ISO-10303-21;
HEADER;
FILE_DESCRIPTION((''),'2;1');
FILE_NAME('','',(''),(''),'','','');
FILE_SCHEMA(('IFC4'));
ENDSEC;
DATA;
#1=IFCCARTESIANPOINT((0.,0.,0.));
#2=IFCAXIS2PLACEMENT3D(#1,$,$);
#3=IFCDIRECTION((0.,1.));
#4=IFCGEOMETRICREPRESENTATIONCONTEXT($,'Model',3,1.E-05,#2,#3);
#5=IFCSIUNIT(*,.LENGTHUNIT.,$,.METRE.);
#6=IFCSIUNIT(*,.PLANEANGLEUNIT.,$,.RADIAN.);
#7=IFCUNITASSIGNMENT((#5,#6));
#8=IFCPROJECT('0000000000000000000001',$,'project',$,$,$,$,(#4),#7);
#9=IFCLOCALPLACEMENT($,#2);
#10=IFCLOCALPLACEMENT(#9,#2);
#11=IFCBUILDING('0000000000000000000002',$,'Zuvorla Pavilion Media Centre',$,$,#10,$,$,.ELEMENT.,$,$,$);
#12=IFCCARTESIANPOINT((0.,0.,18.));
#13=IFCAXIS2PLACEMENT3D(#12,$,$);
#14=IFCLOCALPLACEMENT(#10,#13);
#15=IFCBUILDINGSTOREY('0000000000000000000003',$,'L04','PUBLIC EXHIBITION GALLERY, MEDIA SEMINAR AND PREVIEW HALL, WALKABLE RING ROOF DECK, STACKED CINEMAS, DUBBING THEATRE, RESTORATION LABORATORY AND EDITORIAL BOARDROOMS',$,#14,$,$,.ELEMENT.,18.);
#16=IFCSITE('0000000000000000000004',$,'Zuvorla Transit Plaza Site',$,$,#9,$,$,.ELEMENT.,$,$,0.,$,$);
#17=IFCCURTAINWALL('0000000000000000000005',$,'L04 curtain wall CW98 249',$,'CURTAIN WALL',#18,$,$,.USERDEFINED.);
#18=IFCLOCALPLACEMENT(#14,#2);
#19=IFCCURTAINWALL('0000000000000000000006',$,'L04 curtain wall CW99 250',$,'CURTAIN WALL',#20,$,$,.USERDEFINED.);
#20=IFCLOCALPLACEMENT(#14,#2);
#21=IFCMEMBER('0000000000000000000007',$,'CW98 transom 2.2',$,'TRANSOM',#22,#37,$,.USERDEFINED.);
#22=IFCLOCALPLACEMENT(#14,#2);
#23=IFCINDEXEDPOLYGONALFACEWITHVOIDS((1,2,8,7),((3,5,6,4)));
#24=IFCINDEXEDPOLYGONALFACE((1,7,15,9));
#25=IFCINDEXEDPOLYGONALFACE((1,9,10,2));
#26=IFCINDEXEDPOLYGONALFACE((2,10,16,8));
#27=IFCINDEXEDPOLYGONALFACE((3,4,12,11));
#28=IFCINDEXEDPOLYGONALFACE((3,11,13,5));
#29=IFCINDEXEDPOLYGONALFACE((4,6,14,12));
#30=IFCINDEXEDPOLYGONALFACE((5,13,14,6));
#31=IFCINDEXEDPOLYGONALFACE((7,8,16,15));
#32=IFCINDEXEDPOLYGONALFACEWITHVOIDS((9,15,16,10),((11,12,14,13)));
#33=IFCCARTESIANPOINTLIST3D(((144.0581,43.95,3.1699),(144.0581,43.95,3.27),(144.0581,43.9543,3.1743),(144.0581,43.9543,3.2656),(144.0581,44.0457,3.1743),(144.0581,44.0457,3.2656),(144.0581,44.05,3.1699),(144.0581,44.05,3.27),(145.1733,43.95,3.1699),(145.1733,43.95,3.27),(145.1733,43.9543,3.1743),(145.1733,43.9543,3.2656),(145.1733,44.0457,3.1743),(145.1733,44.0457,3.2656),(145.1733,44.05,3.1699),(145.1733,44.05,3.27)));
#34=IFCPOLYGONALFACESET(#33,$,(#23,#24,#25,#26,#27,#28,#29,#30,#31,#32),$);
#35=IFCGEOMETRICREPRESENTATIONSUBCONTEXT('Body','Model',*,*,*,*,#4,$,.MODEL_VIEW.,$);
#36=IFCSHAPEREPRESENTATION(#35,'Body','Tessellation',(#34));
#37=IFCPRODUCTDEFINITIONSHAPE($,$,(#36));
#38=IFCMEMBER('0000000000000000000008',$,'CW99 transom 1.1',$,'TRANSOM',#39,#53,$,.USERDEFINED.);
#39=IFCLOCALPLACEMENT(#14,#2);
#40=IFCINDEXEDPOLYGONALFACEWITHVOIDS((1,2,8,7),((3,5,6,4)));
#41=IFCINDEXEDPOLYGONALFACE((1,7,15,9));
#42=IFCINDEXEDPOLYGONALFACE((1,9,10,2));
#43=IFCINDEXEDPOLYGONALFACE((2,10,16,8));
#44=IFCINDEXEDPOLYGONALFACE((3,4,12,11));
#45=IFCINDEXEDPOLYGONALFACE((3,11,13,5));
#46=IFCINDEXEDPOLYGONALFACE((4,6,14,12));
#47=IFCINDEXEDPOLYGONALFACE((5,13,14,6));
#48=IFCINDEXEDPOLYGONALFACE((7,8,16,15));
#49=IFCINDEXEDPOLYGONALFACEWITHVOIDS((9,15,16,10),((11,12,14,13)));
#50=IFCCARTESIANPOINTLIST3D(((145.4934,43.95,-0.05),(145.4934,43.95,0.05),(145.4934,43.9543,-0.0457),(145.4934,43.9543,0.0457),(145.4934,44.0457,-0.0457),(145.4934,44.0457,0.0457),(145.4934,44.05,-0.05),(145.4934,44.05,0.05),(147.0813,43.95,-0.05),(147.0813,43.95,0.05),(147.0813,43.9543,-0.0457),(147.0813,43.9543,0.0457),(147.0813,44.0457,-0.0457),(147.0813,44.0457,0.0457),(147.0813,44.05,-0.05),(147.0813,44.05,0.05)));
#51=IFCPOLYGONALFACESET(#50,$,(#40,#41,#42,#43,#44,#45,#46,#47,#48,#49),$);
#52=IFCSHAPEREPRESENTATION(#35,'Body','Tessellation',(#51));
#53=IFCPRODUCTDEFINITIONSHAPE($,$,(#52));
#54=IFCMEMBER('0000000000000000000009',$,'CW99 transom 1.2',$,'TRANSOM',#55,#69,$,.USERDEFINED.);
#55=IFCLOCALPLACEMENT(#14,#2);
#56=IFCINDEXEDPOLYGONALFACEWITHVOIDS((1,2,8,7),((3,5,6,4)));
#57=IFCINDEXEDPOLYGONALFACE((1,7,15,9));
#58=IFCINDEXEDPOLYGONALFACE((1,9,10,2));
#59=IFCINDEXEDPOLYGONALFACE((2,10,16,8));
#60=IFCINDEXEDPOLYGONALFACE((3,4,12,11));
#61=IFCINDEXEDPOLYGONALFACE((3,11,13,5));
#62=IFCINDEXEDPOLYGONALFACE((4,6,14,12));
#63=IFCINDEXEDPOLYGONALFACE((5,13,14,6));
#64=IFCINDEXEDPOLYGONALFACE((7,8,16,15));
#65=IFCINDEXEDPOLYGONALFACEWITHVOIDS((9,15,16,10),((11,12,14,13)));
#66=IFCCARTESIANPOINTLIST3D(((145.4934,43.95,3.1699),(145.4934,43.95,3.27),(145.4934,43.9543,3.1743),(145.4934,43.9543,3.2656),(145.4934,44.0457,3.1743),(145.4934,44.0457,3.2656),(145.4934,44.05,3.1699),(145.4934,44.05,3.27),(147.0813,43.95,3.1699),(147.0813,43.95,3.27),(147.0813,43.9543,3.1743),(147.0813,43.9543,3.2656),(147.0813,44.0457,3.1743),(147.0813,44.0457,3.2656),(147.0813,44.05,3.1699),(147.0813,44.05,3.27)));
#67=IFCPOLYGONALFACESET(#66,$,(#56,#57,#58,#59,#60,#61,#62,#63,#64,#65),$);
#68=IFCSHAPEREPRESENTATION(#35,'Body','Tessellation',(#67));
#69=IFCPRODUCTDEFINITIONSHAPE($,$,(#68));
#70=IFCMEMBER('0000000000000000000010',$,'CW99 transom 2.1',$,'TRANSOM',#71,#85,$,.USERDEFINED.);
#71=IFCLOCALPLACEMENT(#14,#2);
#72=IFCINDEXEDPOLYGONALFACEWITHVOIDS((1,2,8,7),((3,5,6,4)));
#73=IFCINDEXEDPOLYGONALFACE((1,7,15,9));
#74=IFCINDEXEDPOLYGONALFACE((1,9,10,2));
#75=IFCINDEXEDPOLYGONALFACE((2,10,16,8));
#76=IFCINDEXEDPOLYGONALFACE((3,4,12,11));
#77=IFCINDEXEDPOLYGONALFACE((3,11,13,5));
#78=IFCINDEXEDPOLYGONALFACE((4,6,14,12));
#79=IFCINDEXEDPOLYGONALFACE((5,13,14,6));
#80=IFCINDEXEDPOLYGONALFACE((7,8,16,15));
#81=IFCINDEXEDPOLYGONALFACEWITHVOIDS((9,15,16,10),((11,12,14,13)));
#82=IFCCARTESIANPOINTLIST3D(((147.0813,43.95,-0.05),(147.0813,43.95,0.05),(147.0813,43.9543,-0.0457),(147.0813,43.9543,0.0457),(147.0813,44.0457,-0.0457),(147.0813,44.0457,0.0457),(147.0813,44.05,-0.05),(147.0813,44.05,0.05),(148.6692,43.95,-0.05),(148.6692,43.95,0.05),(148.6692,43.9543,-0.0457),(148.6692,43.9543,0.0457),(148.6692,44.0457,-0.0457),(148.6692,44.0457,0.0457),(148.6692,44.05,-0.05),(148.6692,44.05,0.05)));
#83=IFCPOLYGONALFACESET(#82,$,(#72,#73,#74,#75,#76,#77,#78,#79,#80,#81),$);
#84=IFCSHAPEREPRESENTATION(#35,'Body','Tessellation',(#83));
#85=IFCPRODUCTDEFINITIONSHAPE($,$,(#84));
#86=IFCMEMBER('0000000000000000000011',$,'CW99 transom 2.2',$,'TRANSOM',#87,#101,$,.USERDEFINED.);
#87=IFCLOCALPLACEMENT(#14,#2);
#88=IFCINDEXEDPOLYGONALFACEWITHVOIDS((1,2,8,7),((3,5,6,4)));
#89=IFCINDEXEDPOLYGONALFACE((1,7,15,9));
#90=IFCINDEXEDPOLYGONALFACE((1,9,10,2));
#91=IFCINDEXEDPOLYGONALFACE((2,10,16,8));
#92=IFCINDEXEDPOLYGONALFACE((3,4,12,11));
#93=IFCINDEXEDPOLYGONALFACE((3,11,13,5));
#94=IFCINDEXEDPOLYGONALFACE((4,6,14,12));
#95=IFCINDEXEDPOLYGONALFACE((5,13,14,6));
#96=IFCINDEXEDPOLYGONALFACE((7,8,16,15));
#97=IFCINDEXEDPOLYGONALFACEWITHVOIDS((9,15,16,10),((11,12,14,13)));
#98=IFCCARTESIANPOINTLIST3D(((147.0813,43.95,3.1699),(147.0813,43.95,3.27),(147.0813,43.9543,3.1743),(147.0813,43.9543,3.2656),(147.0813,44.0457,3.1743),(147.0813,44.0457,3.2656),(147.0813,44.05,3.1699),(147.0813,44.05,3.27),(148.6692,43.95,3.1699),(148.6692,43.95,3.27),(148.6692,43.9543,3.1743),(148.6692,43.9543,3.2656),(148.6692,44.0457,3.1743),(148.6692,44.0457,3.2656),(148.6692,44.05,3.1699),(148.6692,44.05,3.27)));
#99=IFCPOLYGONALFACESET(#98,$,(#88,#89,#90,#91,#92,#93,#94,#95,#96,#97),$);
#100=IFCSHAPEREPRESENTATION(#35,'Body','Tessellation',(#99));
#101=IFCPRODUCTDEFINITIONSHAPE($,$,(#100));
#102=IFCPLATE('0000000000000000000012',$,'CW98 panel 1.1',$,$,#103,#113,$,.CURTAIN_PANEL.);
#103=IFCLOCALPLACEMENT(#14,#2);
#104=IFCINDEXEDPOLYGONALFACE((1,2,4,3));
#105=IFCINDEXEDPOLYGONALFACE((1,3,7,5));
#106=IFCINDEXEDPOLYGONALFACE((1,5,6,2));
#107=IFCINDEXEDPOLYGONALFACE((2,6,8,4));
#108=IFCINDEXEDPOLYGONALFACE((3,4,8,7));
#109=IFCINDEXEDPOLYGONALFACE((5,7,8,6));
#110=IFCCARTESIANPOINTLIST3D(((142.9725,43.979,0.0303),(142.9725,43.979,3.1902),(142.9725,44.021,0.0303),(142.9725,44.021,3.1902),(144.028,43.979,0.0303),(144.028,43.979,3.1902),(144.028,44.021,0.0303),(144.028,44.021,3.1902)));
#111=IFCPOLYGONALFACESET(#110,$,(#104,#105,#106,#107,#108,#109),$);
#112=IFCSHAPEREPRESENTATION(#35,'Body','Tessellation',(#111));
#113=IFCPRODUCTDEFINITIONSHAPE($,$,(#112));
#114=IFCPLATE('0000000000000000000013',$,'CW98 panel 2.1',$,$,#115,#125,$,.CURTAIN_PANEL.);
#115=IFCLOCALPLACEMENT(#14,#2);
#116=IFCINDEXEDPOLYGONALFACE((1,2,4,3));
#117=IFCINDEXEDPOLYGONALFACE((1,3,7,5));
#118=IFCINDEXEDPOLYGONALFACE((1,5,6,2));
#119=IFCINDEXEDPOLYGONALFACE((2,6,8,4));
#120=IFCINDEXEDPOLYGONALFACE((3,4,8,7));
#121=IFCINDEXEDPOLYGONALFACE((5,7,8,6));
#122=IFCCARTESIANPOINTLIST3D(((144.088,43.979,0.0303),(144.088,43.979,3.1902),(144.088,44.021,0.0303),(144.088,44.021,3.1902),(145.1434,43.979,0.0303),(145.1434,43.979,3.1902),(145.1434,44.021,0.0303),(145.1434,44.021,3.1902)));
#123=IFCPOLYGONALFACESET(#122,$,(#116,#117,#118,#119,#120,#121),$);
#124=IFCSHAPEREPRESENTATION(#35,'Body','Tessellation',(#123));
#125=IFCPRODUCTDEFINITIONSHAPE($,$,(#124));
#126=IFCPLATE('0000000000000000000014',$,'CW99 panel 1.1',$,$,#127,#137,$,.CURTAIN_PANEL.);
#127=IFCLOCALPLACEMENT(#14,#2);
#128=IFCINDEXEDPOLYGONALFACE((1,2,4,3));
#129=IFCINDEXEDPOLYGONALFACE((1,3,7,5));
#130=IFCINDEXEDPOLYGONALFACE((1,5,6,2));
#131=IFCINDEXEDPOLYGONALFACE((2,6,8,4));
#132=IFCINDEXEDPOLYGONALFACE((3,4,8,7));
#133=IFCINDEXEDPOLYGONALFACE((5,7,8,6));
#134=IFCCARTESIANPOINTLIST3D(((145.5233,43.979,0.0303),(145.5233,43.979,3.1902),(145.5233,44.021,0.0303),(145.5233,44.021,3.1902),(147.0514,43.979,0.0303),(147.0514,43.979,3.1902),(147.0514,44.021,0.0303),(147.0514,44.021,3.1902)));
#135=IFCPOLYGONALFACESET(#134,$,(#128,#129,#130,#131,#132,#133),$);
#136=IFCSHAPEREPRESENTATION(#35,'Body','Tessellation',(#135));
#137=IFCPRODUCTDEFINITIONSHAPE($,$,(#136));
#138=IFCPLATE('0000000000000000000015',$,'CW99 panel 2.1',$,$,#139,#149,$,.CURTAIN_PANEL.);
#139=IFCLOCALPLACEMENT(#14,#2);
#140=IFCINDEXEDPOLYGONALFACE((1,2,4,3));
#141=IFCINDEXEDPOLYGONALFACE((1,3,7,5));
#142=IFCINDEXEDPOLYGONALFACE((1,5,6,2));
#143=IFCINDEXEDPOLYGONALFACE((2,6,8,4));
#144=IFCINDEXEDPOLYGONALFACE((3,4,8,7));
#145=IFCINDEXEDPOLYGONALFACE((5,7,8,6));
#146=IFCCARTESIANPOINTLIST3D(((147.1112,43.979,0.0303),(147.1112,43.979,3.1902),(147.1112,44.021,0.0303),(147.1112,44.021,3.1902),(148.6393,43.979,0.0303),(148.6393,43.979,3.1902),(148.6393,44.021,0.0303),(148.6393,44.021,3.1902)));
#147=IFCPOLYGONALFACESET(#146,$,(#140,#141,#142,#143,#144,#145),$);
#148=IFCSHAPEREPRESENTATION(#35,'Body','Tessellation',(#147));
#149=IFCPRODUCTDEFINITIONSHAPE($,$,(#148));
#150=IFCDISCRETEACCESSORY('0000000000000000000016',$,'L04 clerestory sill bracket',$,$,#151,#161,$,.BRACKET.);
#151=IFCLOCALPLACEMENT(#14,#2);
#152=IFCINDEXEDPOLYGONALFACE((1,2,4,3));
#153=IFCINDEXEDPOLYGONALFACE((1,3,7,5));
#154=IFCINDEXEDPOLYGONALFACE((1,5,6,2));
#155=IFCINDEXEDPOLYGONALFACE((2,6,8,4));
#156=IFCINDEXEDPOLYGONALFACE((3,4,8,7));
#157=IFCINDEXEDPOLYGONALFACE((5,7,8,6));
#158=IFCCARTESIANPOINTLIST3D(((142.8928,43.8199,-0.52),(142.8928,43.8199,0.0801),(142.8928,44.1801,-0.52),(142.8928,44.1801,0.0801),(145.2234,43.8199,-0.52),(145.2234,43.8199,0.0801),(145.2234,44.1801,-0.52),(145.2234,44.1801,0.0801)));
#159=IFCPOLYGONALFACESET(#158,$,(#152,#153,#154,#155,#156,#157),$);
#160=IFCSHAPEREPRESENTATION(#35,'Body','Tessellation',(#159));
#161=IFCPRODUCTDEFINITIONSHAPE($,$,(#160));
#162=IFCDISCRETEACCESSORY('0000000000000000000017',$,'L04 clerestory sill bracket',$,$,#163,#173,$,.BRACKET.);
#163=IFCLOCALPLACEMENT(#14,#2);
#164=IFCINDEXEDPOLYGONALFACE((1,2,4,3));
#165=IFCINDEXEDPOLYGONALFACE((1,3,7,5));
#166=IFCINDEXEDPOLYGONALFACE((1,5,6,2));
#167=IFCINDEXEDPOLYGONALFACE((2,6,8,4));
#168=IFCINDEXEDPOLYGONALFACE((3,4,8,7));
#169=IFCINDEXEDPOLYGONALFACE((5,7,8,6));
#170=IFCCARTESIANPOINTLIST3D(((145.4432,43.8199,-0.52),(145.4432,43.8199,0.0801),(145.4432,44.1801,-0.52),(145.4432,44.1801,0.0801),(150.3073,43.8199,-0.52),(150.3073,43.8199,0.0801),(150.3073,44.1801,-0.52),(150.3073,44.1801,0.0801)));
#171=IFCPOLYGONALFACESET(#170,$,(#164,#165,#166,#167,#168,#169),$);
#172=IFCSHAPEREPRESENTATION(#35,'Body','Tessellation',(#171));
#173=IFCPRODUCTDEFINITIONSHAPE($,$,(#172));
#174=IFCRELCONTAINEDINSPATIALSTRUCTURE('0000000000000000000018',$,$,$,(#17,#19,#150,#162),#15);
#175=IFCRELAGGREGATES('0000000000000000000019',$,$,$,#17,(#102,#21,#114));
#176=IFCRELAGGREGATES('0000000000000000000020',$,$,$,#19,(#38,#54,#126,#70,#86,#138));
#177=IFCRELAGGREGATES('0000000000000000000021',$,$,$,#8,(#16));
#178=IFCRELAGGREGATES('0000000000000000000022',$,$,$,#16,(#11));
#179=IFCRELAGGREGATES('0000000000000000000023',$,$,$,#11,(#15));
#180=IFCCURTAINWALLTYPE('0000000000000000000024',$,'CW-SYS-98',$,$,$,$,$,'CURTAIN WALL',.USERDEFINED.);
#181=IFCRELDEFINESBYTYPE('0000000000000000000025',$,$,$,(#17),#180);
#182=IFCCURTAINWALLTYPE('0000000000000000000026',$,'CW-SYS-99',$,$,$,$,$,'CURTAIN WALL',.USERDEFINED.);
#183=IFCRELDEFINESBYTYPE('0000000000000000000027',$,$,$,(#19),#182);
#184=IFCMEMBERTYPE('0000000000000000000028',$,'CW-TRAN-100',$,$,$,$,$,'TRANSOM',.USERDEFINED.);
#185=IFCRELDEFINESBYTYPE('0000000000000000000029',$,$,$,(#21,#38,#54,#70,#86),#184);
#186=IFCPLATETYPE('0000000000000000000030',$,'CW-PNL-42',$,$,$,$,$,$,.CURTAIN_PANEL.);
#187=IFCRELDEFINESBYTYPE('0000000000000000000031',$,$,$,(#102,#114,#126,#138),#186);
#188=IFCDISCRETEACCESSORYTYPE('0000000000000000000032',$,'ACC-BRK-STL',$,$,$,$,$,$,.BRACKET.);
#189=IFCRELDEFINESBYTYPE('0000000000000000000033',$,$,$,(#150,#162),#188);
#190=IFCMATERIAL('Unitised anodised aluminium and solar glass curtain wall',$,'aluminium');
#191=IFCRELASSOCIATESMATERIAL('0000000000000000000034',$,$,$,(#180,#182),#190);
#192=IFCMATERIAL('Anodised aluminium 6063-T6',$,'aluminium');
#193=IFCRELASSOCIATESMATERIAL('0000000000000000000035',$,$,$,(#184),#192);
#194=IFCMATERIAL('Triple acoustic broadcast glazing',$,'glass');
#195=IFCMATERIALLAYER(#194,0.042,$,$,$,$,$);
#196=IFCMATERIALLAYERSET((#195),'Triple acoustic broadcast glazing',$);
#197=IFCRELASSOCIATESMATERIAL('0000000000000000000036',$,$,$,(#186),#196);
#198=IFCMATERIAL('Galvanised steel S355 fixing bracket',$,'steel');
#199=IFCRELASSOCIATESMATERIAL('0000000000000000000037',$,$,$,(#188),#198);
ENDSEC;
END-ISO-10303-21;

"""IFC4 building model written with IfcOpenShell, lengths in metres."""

from ifc_helpers import new_model, si_unit, direction, frame, origin, origin_2d, place, context, subcontext, project, spatial, rectangle, hollow_rectangle, extrude, material, layer, layer_set, material_profile, profile_set, type_object, element, aggregate, save


model = new_model("IFC4")

# Units and contexts
model_context = context("Model", 3, precision=1e-05, world=origin(), true_north=direction((0.0, 1.0)))
body_context = subcontext(model_context, "Body", "Model", "MODEL_VIEW")
ifc_project = project(units=[si_unit("LENGTHUNIT", "METRE"), si_unit("PLANEANGLEUNIT", "RADIAN")], contexts=[model_context])

# Site, building, storey
site_placement = place(None, origin())
site = spatial("IfcSite", under=ifc_project, at=site_placement, Name="Zuvorla Transit Plaza Site", CompositionType="ELEMENT", RefElevation=0.0)
building_placement = place(site_placement, origin())
building = spatial("IfcBuilding", under=site, at=building_placement, Name="Zuvorla Pavilion Media Centre", CompositionType="ELEMENT")
storey_placement = place(building_placement, frame((0.0, 0.0, 18.0)))
storey = spatial("IfcBuildingStorey", under=building, at=storey_placement, Name="L04", Description="PUBLIC EXHIBITION GALLERY, MEDIA SEMINAR AND PREVIEW HALL, WALKABLE RING ROOF DECK, STACKED CINEMAS, DUBBING THEATRE, RESTORATION LABORATORY AND EDITORIAL BOARDROOMS", CompositionType="ELEMENT", Elevation=18.0)

# Curtain walls
ifc_material_1 = material(Name="Unitised anodised aluminium and solar glass curtain wall", Category="aluminium")
curtain_wall_type_1 = type_object("IfcCurtainWallType", Name="CW-SYS-98", ElementType="CURTAIN WALL", PredefinedType="USERDEFINED", material=ifc_material_1)
curtain_wall_1_placement = place(storey_placement, origin())
curtain_wall_1 = element("IfcCurtainWall", 1, at=curtain_wall_1_placement, inside=storey, type_object=curtain_wall_type_1, Name="L04 curtain wall CW98 249", ObjectType="CURTAIN WALL", PredefinedType="USERDEFINED")
ifc_material_2 = material(Name="Anodised aluminium 6063-T6", Category="aluminium")
curtain_wall_type_2 = type_object("IfcCurtainWallType", Name="CW-SYS-99", ElementType="CURTAIN WALL", PredefinedType="USERDEFINED", material=ifc_material_1)
curtain_wall_2_placement = place(storey_placement, origin())
curtain_wall_2 = element("IfcCurtainWall", 2, at=curtain_wall_2_placement, inside=storey, type_object=curtain_wall_type_2, Name="L04 curtain wall CW99 250", ObjectType="CURTAIN WALL", PredefinedType="USERDEFINED")

# Members
ifc_material_profile_1 = material_profile(ifc_material_2, hollow_rectangle(XDim=0.1001, YDim=0.1001, WallThickness=0.0044, at=origin_2d()), Name="ALU TRAN 100x100")
ifc_profile_set_1 = profile_set([ifc_material_profile_1], Name="Anodised aluminium 6063-T6")
member_type_1 = type_object("IfcMemberType", Name="CW-TRAN-100", ElementType="TRANSOM", PredefinedType="USERDEFINED", material=ifc_profile_set_1)
member_1_placement = place(storey_placement, frame((144.0581, 44.0, 3.22), z_axis=(1.0, 0.0, 0.0), x_axis=(0.0, 1.0, 0.0)))
member_1 = element("IfcMember", 3, at=member_1_placement, type_object=member_type_1, Name="CW98 transom 2.2", ObjectType="TRANSOM", PredefinedType="USERDEFINED", context=body_context, shape_type="SweptSolid", body=[
    extrude(hollow_rectangle(XDim=0.1001, YDim=0.1001, WallThickness=0.0044, at=origin_2d()), origin(), (0.0, 0.0, 1.0), 1.1152),
])
member_2_placement = place(storey_placement, frame((145.4934, 44.0, 0.0), z_axis=(1.0, 0.0, 0.0), x_axis=(0.0, 1.0, 0.0)))
member_2 = element("IfcMember", 4, at=member_2_placement, type_object=member_type_1, Name="CW99 transom 1.1", ObjectType="TRANSOM", PredefinedType="USERDEFINED", context=body_context, shape_type="SweptSolid", body=[
    extrude(hollow_rectangle(XDim=0.1001, YDim=0.1001, WallThickness=0.0044, at=origin_2d()), origin(), (0.0, 0.0, 1.0), 1.5879),
])
member_3_placement = place(storey_placement, frame((145.4934, 44.0, 3.22), z_axis=(1.0, 0.0, 0.0), x_axis=(0.0, 1.0, 0.0)))
member_3 = element("IfcMember", 5, at=member_3_placement, type_object=member_type_1, Name="CW99 transom 1.2", ObjectType="TRANSOM", PredefinedType="USERDEFINED", context=body_context, shape_type="SweptSolid", body=[
    extrude(hollow_rectangle(XDim=0.1001, YDim=0.1001, WallThickness=0.0044, at=origin_2d()), origin(), (0.0, 0.0, 1.0), 1.5879),
])
member_4_placement = place(storey_placement, frame((147.0813, 44.0, 0.0), z_axis=(1.0, 0.0, 0.0), x_axis=(0.0, 1.0, 0.0)))
member_4 = element("IfcMember", 6, at=member_4_placement, type_object=member_type_1, Name="CW99 transom 2.1", ObjectType="TRANSOM", PredefinedType="USERDEFINED", context=body_context, shape_type="SweptSolid", body=[
    extrude(hollow_rectangle(XDim=0.1001, YDim=0.1001, WallThickness=0.0044, at=origin_2d()), origin(), (0.0, 0.0, 1.0), 1.5879),
])
member_5_placement = place(storey_placement, frame((147.0813, 44.0, 3.22), z_axis=(1.0, 0.0, 0.0), x_axis=(0.0, 1.0, 0.0)))
member_5 = element("IfcMember", 7, at=member_5_placement, type_object=member_type_1, Name="CW99 transom 2.2", ObjectType="TRANSOM", PredefinedType="USERDEFINED", context=body_context, shape_type="SweptSolid", body=[
    extrude(hollow_rectangle(XDim=0.1001, YDim=0.1001, WallThickness=0.0044, at=origin_2d()), origin(), (0.0, 0.0, 1.0), 1.5879),
])

# Plates
ifc_material_3 = material(Name="Triple acoustic broadcast glazing", Category="glass")
ifc_layer = layer(ifc_material_3, 0.042)
ifc_layer_set = layer_set([ifc_layer], Name="Triple acoustic broadcast glazing")
plate_type = type_object("IfcPlateType", Name="CW-PNL-42", PredefinedType="CURTAIN_PANEL", material=ifc_layer_set)
plate_1_placement = place(storey_placement, frame((143.5002, 44.0, 0.0303), z_axis=(0.0, 0.0, 1.0), x_axis=(1.0, 0.0, 0.0)))
plate_1 = element("IfcPlate", 8, at=plate_1_placement, type_object=plate_type, Name="CW98 panel 1.1", PredefinedType="CURTAIN_PANEL", context=body_context, shape_type="SweptSolid", body=[
    extrude(rectangle(XDim=1.0554, YDim=0.042, at=origin_2d()), origin(), (0.0, 0.0, 1.0), 3.1599),
])
plate_2_placement = place(storey_placement, frame((144.6157, 44.0, 0.0303), z_axis=(0.0, 0.0, 1.0), x_axis=(1.0, 0.0, 0.0)))
plate_2 = element("IfcPlate", 9, at=plate_2_placement, type_object=plate_type, Name="CW98 panel 2.1", PredefinedType="CURTAIN_PANEL", context=body_context, shape_type="SweptSolid", body=[
    extrude(rectangle(XDim=1.0554, YDim=0.042, at=origin_2d()), origin(), (0.0, 0.0, 1.0), 3.1599),
])
aggregate(curtain_wall_1, [plate_1, member_1, plate_2])
plate_3_placement = place(storey_placement, frame((146.2874, 44.0, 0.0303), z_axis=(0.0, 0.0, 1.0), x_axis=(1.0, 0.0, 0.0)))
plate_3 = element("IfcPlate", 10, at=plate_3_placement, type_object=plate_type, Name="CW99 panel 1.1", PredefinedType="CURTAIN_PANEL", context=body_context, shape_type="SweptSolid", body=[
    extrude(rectangle(XDim=1.5281, YDim=0.042, at=origin_2d()), origin(), (0.0, 0.0, 1.0), 3.1599),
])
plate_4_placement = place(storey_placement, frame((147.8752, 44.0, 0.0303), z_axis=(0.0, 0.0, 1.0), x_axis=(1.0, 0.0, 0.0)))
plate_4 = element("IfcPlate", 11, at=plate_4_placement, type_object=plate_type, Name="CW99 panel 2.1", PredefinedType="CURTAIN_PANEL", context=body_context, shape_type="SweptSolid", body=[
    extrude(rectangle(XDim=1.5281, YDim=0.042, at=origin_2d()), origin(), (0.0, 0.0, 1.0), 3.1599),
])
aggregate(curtain_wall_2, [member_2, member_3, plate_3, member_4, member_5, plate_4])

# Discrete accessories
ifc_material_4 = material(Name="Galvanised steel S355 fixing bracket", Category="steel")
discrete_accessory_type = type_object("IfcDiscreteAccessoryType", Name="ACC-BRK-STL", PredefinedType="BRACKET", material=ifc_material_4)
discrete_accessory_1_placement = place(storey_placement, frame((144.0581, 44.0, -0.52), z_axis=(0.0, 0.0, 1.0), x_axis=(1.0, 0.0, 0.0)))
element("IfcDiscreteAccessory", 12, at=discrete_accessory_1_placement, inside=storey, type_object=discrete_accessory_type, Name="L04 clerestory sill bracket", PredefinedType="BRACKET", context=body_context, shape_type="SweptSolid", body=[
    extrude(rectangle(XDim=2.3306, YDim=0.3601, at=origin_2d()), origin(), (0.0, 0.0, 1.0), 0.6001),
])
discrete_accessory_2_placement = place(storey_placement, frame((147.8752, 44.0, -0.52), z_axis=(0.0, 0.0, 1.0), x_axis=(1.0, 0.0, 0.0)))
element("IfcDiscreteAccessory", 13, at=discrete_accessory_2_placement, inside=storey, type_object=discrete_accessory_type, Name="L04 clerestory sill bracket", PredefinedType="BRACKET", context=body_context, shape_type="SweptSolid", body=[
    extrude(rectangle(XDim=4.864, YDim=0.3601, at=origin_2d()), origin(), (0.0, 0.0, 1.0), 0.6001),
])

save(model, "model.ifc")
